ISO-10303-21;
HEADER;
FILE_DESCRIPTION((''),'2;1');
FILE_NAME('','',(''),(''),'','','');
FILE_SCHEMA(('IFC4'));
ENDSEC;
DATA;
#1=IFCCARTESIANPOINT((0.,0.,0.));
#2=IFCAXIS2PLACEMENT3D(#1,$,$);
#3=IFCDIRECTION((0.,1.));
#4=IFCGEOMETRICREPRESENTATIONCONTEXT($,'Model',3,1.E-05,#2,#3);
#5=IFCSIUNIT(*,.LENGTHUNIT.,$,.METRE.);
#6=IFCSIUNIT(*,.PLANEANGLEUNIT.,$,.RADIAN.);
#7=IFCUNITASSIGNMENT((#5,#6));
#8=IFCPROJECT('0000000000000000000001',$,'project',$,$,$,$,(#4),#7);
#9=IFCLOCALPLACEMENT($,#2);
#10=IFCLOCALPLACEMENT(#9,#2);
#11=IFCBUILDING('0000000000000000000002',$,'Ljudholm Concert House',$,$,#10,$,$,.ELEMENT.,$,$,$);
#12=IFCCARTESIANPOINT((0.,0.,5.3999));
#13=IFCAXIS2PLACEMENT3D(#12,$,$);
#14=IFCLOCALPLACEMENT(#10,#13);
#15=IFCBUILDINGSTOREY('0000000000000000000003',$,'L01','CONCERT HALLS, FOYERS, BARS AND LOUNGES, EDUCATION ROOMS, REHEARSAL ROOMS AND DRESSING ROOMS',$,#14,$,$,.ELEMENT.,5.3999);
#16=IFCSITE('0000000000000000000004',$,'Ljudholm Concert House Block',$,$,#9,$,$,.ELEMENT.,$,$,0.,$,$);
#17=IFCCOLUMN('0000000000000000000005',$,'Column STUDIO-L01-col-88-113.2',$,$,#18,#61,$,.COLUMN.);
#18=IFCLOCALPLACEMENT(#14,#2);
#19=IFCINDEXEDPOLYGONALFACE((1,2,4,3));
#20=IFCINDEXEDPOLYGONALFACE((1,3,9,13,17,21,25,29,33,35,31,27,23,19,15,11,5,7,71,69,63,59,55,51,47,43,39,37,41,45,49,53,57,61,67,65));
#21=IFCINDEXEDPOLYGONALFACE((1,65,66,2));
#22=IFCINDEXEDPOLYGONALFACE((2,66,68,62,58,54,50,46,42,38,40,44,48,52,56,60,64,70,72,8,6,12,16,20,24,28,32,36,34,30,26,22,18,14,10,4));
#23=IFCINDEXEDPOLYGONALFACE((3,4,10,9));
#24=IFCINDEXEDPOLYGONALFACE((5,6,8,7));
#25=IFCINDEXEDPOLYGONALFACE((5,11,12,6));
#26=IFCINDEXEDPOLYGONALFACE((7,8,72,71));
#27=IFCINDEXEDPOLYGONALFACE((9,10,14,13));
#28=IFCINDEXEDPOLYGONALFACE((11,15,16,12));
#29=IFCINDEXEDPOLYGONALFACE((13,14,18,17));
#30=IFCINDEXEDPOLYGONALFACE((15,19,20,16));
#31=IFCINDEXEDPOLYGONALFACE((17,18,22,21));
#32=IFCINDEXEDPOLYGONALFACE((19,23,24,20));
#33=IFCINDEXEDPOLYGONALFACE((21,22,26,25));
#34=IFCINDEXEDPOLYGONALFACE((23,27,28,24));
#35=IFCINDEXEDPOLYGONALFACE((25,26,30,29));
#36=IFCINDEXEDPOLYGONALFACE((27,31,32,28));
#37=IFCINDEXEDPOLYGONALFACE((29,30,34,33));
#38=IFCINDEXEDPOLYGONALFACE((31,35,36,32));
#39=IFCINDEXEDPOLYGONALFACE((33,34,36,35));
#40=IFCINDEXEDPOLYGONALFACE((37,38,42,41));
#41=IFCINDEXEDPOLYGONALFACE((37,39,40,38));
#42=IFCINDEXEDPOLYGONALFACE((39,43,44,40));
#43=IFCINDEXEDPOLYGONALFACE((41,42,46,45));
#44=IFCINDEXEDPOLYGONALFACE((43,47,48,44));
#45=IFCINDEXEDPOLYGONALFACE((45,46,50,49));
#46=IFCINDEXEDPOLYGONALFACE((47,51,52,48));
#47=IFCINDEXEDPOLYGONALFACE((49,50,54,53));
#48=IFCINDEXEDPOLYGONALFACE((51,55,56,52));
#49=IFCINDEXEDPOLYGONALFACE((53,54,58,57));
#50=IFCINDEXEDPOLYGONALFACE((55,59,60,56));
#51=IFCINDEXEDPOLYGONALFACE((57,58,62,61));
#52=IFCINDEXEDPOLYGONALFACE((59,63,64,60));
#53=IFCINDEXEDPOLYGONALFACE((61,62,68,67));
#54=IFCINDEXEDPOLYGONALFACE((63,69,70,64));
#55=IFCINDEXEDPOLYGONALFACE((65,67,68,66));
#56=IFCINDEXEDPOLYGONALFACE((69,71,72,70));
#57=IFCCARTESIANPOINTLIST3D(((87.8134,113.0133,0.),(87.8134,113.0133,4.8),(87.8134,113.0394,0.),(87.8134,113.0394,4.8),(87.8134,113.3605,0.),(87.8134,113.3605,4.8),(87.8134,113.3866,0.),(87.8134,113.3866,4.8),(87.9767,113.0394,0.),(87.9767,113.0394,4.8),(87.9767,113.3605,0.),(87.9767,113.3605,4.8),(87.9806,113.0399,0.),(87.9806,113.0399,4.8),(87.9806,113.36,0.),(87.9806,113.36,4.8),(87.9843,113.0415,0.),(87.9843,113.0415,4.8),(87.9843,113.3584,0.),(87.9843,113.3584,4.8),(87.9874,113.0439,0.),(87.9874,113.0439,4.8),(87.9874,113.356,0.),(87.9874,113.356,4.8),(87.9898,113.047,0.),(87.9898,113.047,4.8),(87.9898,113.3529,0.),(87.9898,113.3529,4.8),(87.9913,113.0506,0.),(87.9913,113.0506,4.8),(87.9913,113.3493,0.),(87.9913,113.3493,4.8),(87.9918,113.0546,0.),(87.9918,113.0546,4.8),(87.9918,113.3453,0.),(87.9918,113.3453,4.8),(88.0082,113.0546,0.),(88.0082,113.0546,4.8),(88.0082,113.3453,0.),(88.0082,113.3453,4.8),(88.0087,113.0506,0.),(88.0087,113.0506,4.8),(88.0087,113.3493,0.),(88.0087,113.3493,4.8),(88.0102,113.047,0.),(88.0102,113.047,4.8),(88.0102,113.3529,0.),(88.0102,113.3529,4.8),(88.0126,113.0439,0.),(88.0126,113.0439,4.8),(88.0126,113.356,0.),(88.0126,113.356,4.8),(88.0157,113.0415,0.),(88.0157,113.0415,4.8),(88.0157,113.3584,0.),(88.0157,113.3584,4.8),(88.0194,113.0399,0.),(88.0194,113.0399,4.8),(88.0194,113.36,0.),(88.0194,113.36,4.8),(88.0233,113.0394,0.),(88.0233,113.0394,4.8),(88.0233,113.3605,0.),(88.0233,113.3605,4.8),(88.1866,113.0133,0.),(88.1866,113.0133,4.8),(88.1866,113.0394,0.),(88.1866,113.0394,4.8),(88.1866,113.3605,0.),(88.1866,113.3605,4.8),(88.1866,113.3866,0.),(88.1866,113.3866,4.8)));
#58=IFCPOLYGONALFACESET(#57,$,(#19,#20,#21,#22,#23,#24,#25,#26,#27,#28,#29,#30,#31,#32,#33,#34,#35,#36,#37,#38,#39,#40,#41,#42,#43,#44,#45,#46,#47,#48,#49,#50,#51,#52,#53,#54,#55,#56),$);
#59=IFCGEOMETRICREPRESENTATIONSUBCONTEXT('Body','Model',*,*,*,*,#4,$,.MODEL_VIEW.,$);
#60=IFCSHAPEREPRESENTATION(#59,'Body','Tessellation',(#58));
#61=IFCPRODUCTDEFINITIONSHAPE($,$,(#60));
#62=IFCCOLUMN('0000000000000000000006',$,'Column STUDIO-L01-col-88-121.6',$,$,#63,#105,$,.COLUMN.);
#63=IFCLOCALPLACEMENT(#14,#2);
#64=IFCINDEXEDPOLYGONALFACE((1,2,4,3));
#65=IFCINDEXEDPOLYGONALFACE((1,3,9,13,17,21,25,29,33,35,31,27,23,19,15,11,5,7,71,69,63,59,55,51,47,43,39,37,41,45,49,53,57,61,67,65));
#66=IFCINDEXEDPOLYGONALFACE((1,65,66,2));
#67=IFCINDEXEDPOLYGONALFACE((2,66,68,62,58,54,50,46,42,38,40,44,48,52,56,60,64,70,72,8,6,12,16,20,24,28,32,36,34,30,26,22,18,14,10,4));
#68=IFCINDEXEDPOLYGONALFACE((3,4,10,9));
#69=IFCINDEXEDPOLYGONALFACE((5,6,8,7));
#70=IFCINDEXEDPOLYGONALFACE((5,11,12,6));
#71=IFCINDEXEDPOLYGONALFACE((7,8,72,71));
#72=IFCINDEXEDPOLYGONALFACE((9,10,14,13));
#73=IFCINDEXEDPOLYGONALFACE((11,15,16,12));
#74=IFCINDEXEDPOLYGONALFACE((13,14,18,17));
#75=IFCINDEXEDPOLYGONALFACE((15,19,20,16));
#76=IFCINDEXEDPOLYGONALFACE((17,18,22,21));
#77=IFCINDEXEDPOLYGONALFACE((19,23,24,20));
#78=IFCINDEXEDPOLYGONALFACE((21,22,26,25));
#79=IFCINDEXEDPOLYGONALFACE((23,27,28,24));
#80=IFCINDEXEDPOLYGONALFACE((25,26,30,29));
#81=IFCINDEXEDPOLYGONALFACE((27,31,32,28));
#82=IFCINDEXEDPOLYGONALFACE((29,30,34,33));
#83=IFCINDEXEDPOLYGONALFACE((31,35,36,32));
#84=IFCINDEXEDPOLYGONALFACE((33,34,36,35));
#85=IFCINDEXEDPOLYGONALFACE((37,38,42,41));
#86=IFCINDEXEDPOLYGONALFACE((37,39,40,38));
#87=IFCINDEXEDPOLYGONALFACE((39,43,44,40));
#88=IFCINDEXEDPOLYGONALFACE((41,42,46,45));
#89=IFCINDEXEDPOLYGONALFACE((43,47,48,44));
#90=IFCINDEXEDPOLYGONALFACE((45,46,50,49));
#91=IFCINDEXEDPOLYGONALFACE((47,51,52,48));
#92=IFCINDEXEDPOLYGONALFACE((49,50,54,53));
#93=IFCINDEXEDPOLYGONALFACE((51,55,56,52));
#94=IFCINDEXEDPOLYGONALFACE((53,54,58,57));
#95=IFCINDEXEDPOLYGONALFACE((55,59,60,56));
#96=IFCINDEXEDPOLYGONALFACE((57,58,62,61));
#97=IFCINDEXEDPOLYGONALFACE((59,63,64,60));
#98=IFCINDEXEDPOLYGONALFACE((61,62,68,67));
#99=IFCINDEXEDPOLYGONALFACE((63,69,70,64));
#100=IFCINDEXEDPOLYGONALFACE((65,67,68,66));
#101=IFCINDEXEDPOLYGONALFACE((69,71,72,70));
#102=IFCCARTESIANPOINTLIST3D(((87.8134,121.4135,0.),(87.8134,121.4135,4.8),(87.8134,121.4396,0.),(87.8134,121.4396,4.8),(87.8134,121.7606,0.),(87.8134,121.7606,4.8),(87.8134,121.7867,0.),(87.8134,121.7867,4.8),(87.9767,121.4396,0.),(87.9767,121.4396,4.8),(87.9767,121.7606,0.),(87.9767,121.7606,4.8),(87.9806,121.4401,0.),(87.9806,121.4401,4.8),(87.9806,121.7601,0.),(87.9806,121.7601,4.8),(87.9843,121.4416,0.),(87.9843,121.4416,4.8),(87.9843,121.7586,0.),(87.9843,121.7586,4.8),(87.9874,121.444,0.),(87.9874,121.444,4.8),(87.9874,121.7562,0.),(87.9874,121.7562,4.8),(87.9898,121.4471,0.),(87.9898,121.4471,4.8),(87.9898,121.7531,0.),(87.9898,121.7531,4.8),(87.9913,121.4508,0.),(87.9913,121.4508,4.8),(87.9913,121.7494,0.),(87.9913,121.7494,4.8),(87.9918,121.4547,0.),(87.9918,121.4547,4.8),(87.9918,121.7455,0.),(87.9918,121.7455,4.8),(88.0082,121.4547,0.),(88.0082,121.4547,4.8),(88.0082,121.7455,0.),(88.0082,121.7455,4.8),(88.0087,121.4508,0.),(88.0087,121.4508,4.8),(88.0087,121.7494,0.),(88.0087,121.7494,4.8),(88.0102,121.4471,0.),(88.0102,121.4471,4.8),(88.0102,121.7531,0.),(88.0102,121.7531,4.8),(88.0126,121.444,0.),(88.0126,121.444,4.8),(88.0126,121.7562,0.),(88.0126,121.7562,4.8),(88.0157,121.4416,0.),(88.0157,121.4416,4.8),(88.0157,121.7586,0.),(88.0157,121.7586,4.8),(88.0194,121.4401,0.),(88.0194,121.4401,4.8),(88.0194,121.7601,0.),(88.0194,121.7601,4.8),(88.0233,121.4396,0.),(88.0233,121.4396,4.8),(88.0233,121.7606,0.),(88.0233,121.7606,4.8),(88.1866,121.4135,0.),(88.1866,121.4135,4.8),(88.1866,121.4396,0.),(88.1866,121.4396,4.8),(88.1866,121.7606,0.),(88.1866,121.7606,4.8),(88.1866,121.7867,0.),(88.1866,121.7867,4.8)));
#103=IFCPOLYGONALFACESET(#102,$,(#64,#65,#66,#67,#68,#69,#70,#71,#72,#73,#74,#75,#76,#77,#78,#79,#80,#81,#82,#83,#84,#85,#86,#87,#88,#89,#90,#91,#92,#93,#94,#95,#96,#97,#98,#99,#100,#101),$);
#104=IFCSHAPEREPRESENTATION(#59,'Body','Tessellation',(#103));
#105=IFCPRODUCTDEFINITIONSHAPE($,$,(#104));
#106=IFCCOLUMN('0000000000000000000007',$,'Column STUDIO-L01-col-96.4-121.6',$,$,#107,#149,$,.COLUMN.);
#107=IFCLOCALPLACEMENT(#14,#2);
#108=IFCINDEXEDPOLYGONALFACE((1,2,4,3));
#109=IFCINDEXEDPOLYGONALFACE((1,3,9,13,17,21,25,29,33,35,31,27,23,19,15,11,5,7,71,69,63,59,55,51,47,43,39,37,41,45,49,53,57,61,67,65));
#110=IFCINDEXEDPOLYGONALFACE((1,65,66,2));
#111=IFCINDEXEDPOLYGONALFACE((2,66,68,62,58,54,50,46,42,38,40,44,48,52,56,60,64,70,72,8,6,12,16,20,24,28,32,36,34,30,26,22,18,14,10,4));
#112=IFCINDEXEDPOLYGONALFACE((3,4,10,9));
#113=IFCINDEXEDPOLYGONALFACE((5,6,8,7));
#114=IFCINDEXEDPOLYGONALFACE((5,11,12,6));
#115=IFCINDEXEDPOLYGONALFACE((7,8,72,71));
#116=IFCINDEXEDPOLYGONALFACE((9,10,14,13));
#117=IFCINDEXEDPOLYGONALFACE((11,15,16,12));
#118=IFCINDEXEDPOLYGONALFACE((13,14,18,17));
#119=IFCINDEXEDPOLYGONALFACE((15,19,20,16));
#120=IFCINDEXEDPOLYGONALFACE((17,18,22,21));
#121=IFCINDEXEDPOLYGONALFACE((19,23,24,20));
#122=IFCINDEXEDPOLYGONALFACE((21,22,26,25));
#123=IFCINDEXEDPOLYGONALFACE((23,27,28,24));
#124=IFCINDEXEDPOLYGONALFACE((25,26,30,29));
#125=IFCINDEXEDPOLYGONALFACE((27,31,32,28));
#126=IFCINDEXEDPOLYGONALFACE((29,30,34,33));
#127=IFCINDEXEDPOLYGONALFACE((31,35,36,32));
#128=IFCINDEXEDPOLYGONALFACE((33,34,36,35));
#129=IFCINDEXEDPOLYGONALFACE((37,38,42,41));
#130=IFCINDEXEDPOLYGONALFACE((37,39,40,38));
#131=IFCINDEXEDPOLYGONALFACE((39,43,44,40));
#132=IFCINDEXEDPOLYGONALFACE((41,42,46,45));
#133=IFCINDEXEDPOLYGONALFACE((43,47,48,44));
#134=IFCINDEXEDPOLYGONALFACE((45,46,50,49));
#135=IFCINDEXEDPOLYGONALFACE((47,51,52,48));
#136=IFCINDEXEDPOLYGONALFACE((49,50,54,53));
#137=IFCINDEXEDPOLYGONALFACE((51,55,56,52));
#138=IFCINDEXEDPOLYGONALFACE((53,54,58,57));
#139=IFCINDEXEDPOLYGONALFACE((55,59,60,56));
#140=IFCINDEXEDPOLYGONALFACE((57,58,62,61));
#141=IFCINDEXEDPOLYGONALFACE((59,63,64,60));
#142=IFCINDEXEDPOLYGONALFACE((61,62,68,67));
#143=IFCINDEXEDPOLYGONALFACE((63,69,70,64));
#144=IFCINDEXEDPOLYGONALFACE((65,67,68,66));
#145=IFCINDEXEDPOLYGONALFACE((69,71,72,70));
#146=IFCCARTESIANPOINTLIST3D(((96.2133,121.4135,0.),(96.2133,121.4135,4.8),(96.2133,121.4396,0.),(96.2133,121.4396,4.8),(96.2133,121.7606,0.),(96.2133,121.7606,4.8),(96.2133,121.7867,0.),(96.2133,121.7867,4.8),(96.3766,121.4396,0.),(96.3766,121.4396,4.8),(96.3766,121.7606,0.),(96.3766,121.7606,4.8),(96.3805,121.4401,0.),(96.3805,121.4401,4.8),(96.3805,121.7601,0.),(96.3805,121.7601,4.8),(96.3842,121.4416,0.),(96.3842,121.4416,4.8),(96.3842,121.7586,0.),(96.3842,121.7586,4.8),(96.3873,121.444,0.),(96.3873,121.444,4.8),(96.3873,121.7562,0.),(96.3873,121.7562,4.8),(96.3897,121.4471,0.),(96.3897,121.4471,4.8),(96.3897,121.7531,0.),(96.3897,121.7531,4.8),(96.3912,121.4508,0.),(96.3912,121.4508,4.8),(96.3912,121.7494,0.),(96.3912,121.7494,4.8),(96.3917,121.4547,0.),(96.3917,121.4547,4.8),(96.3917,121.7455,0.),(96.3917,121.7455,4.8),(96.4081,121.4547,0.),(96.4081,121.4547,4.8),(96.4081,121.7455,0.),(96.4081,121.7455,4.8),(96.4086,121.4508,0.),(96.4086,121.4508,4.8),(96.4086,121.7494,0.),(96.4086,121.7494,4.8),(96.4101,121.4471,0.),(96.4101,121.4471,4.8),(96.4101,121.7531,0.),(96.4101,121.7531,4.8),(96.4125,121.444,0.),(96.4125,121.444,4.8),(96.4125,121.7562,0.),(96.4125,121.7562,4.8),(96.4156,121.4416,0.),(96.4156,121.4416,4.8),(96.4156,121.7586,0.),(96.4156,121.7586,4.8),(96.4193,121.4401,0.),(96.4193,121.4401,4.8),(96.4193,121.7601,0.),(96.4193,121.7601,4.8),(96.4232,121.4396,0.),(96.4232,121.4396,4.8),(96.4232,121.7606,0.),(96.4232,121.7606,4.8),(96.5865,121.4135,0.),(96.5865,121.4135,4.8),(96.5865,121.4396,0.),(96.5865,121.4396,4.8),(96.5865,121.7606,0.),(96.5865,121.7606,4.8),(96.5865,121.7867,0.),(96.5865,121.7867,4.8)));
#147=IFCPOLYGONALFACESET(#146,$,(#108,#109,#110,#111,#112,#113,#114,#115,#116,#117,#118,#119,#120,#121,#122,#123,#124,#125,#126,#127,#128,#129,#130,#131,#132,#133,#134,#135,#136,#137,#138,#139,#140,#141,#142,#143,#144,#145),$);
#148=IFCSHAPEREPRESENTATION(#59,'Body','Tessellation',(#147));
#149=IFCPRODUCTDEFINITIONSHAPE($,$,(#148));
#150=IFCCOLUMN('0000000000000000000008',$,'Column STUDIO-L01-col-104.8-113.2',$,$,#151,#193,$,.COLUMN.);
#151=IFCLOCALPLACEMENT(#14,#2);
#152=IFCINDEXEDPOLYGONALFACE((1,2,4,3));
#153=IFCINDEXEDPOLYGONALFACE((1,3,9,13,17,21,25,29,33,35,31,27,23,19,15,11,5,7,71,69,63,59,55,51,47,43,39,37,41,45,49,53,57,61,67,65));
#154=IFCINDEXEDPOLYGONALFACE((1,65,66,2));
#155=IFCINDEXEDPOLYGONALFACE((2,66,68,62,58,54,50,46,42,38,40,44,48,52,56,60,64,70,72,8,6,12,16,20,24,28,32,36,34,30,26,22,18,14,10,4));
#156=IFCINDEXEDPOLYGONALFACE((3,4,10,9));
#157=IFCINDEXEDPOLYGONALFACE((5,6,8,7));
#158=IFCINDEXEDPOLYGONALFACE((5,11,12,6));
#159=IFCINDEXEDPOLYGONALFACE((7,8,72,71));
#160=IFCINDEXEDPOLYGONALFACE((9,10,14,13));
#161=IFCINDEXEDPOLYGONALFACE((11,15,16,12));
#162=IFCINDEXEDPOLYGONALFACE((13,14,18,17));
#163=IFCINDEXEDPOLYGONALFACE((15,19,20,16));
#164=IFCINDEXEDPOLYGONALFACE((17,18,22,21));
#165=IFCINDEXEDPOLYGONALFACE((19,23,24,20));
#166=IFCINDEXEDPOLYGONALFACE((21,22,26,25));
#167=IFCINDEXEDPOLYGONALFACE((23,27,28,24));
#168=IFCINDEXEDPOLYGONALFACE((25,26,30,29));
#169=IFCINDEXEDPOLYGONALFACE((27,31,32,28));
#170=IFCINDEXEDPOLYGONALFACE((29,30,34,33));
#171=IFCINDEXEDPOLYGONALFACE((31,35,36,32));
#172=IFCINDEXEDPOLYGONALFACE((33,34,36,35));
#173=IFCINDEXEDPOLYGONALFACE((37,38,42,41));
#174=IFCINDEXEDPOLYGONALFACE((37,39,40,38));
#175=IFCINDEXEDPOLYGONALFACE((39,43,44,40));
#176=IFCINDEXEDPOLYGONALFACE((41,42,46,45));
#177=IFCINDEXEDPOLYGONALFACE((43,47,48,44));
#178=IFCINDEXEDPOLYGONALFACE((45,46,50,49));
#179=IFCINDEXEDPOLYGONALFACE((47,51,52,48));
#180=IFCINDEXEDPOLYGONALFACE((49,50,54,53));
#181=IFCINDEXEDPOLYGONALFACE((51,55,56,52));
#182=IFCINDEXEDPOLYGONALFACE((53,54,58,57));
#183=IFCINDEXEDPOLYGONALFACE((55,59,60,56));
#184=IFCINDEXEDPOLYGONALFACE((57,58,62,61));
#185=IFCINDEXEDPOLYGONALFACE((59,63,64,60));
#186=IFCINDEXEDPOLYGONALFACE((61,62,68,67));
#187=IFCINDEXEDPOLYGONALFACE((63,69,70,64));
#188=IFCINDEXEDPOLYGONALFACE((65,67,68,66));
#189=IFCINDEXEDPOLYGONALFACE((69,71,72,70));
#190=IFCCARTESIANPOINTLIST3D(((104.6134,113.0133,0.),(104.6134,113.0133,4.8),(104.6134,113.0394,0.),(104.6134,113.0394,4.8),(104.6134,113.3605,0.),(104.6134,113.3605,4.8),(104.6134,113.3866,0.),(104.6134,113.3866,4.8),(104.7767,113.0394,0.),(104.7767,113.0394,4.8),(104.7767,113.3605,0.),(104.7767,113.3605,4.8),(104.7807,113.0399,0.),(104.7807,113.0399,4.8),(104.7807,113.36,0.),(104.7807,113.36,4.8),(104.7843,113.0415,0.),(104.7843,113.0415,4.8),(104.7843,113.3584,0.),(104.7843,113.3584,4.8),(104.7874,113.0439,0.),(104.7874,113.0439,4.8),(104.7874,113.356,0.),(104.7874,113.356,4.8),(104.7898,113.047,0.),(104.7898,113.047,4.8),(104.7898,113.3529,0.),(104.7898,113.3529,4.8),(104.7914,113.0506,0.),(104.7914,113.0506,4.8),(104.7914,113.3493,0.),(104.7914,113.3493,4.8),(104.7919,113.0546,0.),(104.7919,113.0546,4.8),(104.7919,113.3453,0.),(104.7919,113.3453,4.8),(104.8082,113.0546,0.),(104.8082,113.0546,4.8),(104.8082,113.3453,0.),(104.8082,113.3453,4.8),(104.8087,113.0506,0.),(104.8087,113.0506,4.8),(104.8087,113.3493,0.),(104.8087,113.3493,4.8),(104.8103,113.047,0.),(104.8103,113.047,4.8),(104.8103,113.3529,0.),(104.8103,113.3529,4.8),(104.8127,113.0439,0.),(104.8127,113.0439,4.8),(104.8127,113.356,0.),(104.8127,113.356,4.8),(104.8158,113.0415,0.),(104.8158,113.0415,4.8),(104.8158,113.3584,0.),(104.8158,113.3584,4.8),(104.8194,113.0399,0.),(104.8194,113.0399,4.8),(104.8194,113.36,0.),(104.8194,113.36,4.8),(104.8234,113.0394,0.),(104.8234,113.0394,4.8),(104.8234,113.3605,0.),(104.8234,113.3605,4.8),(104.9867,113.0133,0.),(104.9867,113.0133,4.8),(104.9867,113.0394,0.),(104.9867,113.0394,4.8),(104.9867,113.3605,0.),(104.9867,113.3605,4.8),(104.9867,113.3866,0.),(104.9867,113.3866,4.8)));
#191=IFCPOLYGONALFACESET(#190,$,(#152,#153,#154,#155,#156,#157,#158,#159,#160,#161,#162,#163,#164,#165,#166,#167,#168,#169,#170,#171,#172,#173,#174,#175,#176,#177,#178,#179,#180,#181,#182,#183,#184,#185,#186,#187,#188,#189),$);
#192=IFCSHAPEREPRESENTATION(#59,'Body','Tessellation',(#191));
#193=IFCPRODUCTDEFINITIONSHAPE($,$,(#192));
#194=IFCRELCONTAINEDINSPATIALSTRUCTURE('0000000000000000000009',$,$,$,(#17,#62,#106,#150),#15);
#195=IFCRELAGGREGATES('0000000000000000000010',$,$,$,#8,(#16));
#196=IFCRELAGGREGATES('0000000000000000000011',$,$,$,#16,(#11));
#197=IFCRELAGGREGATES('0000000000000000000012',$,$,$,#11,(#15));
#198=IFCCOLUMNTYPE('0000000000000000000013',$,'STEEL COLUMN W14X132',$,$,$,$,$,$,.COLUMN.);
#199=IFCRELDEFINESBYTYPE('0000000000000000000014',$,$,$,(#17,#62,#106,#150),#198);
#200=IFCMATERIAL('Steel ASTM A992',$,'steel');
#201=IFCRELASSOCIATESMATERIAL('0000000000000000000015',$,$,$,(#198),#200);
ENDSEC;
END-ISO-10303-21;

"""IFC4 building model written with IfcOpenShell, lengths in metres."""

from ifc_helpers import new_model, si_unit, direction, frame, origin, origin_2d, place, context, subcontext, project, spatial, i_section, extrude, material, material_profile, profile_set, type_object, element, save


model = new_model("IFC4")

# Units and contexts
model_context = context("Model", 3, precision=1e-05, world=origin(), true_north=direction((0.0, 1.0)))
body_context = subcontext(model_context, "Body", "Model", "MODEL_VIEW")
ifc_project = project(units=[si_unit("LENGTHUNIT", "METRE"), si_unit("PLANEANGLEUNIT", "RADIAN")], contexts=[model_context])

# Site, building, storey
site_placement = place(None, origin())
site = spatial("IfcSite", under=ifc_project, at=site_placement, Name="Ljudholm Concert House Block", CompositionType="ELEMENT", RefElevation=0.0)
building_placement = place(site_placement, origin())
building = spatial("IfcBuilding", under=site, at=building_placement, Name="Ljudholm Concert House", CompositionType="ELEMENT")
storey_placement = place(building_placement, frame((0.0, 0.0, 5.3999)))
storey = spatial("IfcBuildingStorey", under=building, at=storey_placement, Name="L01", Description="CONCERT HALLS, FOYERS, BARS AND LOUNGES, EDUCATION ROOMS, REHEARSAL ROOMS AND DRESSING ROOMS", CompositionType="ELEMENT", Elevation=5.3999)

# Columns
ifc_material_1 = material(Name="Steel ASTM A992", Category="steel")
ifc_material_profile_1 = material_profile(ifc_material_1, i_section(OverallWidth=0.3733, OverallDepth=0.3733, WebThickness=0.0164, FlangeThickness=0.0261, FilletRadius=0.0151, at=origin_2d()), Name="W14X132")
ifc_profile_set_1 = profile_set([ifc_material_profile_1], Name="Steel ASTM A992")
column_type = type_object("IfcColumnType", Name="STEEL COLUMN W14X132", PredefinedType="COLUMN", material=ifc_profile_set_1)
for number, where, z_axis, x_axis, name in (
    (1, (88.0, 113.2, 0.0), (0.0, 0.0, 1.0), (1.0, 0.0, 0.0), "Column STUDIO-L01-col-88-113.2"),
    (2, (88.0, 121.6001, 0.0), (0.0, 0.0, 1.0), (1.0, 0.0, 0.0), "Column STUDIO-L01-col-88-121.6"),
    (3, (96.3999, 121.6001, 0.0), (0.0, 0.0, 1.0), (1.0, 0.0, 0.0), "Column STUDIO-L01-col-96.4-121.6"),
    (4, (104.8, 113.2, 0.0), (0.0, 0.0, 1.0), (1.0, 0.0, 0.0), "Column STUDIO-L01-col-104.8-113.2"),
):
    element("IfcColumn", number, at=place(storey_placement, frame(where, z_axis=z_axis, x_axis=x_axis)), inside=storey, type_object=column_type, Name=name, PredefinedType="COLUMN", context=body_context, shape_type="SweptSolid", body=[
        extrude(i_section(OverallWidth=0.3733, OverallDepth=0.3733, WebThickness=0.0164, FlangeThickness=0.0261, FilletRadius=0.0151, at=origin_2d()), origin(), (0.0, 0.0, 1.0), 4.8),
    ])

save(model, "model.ifc")
